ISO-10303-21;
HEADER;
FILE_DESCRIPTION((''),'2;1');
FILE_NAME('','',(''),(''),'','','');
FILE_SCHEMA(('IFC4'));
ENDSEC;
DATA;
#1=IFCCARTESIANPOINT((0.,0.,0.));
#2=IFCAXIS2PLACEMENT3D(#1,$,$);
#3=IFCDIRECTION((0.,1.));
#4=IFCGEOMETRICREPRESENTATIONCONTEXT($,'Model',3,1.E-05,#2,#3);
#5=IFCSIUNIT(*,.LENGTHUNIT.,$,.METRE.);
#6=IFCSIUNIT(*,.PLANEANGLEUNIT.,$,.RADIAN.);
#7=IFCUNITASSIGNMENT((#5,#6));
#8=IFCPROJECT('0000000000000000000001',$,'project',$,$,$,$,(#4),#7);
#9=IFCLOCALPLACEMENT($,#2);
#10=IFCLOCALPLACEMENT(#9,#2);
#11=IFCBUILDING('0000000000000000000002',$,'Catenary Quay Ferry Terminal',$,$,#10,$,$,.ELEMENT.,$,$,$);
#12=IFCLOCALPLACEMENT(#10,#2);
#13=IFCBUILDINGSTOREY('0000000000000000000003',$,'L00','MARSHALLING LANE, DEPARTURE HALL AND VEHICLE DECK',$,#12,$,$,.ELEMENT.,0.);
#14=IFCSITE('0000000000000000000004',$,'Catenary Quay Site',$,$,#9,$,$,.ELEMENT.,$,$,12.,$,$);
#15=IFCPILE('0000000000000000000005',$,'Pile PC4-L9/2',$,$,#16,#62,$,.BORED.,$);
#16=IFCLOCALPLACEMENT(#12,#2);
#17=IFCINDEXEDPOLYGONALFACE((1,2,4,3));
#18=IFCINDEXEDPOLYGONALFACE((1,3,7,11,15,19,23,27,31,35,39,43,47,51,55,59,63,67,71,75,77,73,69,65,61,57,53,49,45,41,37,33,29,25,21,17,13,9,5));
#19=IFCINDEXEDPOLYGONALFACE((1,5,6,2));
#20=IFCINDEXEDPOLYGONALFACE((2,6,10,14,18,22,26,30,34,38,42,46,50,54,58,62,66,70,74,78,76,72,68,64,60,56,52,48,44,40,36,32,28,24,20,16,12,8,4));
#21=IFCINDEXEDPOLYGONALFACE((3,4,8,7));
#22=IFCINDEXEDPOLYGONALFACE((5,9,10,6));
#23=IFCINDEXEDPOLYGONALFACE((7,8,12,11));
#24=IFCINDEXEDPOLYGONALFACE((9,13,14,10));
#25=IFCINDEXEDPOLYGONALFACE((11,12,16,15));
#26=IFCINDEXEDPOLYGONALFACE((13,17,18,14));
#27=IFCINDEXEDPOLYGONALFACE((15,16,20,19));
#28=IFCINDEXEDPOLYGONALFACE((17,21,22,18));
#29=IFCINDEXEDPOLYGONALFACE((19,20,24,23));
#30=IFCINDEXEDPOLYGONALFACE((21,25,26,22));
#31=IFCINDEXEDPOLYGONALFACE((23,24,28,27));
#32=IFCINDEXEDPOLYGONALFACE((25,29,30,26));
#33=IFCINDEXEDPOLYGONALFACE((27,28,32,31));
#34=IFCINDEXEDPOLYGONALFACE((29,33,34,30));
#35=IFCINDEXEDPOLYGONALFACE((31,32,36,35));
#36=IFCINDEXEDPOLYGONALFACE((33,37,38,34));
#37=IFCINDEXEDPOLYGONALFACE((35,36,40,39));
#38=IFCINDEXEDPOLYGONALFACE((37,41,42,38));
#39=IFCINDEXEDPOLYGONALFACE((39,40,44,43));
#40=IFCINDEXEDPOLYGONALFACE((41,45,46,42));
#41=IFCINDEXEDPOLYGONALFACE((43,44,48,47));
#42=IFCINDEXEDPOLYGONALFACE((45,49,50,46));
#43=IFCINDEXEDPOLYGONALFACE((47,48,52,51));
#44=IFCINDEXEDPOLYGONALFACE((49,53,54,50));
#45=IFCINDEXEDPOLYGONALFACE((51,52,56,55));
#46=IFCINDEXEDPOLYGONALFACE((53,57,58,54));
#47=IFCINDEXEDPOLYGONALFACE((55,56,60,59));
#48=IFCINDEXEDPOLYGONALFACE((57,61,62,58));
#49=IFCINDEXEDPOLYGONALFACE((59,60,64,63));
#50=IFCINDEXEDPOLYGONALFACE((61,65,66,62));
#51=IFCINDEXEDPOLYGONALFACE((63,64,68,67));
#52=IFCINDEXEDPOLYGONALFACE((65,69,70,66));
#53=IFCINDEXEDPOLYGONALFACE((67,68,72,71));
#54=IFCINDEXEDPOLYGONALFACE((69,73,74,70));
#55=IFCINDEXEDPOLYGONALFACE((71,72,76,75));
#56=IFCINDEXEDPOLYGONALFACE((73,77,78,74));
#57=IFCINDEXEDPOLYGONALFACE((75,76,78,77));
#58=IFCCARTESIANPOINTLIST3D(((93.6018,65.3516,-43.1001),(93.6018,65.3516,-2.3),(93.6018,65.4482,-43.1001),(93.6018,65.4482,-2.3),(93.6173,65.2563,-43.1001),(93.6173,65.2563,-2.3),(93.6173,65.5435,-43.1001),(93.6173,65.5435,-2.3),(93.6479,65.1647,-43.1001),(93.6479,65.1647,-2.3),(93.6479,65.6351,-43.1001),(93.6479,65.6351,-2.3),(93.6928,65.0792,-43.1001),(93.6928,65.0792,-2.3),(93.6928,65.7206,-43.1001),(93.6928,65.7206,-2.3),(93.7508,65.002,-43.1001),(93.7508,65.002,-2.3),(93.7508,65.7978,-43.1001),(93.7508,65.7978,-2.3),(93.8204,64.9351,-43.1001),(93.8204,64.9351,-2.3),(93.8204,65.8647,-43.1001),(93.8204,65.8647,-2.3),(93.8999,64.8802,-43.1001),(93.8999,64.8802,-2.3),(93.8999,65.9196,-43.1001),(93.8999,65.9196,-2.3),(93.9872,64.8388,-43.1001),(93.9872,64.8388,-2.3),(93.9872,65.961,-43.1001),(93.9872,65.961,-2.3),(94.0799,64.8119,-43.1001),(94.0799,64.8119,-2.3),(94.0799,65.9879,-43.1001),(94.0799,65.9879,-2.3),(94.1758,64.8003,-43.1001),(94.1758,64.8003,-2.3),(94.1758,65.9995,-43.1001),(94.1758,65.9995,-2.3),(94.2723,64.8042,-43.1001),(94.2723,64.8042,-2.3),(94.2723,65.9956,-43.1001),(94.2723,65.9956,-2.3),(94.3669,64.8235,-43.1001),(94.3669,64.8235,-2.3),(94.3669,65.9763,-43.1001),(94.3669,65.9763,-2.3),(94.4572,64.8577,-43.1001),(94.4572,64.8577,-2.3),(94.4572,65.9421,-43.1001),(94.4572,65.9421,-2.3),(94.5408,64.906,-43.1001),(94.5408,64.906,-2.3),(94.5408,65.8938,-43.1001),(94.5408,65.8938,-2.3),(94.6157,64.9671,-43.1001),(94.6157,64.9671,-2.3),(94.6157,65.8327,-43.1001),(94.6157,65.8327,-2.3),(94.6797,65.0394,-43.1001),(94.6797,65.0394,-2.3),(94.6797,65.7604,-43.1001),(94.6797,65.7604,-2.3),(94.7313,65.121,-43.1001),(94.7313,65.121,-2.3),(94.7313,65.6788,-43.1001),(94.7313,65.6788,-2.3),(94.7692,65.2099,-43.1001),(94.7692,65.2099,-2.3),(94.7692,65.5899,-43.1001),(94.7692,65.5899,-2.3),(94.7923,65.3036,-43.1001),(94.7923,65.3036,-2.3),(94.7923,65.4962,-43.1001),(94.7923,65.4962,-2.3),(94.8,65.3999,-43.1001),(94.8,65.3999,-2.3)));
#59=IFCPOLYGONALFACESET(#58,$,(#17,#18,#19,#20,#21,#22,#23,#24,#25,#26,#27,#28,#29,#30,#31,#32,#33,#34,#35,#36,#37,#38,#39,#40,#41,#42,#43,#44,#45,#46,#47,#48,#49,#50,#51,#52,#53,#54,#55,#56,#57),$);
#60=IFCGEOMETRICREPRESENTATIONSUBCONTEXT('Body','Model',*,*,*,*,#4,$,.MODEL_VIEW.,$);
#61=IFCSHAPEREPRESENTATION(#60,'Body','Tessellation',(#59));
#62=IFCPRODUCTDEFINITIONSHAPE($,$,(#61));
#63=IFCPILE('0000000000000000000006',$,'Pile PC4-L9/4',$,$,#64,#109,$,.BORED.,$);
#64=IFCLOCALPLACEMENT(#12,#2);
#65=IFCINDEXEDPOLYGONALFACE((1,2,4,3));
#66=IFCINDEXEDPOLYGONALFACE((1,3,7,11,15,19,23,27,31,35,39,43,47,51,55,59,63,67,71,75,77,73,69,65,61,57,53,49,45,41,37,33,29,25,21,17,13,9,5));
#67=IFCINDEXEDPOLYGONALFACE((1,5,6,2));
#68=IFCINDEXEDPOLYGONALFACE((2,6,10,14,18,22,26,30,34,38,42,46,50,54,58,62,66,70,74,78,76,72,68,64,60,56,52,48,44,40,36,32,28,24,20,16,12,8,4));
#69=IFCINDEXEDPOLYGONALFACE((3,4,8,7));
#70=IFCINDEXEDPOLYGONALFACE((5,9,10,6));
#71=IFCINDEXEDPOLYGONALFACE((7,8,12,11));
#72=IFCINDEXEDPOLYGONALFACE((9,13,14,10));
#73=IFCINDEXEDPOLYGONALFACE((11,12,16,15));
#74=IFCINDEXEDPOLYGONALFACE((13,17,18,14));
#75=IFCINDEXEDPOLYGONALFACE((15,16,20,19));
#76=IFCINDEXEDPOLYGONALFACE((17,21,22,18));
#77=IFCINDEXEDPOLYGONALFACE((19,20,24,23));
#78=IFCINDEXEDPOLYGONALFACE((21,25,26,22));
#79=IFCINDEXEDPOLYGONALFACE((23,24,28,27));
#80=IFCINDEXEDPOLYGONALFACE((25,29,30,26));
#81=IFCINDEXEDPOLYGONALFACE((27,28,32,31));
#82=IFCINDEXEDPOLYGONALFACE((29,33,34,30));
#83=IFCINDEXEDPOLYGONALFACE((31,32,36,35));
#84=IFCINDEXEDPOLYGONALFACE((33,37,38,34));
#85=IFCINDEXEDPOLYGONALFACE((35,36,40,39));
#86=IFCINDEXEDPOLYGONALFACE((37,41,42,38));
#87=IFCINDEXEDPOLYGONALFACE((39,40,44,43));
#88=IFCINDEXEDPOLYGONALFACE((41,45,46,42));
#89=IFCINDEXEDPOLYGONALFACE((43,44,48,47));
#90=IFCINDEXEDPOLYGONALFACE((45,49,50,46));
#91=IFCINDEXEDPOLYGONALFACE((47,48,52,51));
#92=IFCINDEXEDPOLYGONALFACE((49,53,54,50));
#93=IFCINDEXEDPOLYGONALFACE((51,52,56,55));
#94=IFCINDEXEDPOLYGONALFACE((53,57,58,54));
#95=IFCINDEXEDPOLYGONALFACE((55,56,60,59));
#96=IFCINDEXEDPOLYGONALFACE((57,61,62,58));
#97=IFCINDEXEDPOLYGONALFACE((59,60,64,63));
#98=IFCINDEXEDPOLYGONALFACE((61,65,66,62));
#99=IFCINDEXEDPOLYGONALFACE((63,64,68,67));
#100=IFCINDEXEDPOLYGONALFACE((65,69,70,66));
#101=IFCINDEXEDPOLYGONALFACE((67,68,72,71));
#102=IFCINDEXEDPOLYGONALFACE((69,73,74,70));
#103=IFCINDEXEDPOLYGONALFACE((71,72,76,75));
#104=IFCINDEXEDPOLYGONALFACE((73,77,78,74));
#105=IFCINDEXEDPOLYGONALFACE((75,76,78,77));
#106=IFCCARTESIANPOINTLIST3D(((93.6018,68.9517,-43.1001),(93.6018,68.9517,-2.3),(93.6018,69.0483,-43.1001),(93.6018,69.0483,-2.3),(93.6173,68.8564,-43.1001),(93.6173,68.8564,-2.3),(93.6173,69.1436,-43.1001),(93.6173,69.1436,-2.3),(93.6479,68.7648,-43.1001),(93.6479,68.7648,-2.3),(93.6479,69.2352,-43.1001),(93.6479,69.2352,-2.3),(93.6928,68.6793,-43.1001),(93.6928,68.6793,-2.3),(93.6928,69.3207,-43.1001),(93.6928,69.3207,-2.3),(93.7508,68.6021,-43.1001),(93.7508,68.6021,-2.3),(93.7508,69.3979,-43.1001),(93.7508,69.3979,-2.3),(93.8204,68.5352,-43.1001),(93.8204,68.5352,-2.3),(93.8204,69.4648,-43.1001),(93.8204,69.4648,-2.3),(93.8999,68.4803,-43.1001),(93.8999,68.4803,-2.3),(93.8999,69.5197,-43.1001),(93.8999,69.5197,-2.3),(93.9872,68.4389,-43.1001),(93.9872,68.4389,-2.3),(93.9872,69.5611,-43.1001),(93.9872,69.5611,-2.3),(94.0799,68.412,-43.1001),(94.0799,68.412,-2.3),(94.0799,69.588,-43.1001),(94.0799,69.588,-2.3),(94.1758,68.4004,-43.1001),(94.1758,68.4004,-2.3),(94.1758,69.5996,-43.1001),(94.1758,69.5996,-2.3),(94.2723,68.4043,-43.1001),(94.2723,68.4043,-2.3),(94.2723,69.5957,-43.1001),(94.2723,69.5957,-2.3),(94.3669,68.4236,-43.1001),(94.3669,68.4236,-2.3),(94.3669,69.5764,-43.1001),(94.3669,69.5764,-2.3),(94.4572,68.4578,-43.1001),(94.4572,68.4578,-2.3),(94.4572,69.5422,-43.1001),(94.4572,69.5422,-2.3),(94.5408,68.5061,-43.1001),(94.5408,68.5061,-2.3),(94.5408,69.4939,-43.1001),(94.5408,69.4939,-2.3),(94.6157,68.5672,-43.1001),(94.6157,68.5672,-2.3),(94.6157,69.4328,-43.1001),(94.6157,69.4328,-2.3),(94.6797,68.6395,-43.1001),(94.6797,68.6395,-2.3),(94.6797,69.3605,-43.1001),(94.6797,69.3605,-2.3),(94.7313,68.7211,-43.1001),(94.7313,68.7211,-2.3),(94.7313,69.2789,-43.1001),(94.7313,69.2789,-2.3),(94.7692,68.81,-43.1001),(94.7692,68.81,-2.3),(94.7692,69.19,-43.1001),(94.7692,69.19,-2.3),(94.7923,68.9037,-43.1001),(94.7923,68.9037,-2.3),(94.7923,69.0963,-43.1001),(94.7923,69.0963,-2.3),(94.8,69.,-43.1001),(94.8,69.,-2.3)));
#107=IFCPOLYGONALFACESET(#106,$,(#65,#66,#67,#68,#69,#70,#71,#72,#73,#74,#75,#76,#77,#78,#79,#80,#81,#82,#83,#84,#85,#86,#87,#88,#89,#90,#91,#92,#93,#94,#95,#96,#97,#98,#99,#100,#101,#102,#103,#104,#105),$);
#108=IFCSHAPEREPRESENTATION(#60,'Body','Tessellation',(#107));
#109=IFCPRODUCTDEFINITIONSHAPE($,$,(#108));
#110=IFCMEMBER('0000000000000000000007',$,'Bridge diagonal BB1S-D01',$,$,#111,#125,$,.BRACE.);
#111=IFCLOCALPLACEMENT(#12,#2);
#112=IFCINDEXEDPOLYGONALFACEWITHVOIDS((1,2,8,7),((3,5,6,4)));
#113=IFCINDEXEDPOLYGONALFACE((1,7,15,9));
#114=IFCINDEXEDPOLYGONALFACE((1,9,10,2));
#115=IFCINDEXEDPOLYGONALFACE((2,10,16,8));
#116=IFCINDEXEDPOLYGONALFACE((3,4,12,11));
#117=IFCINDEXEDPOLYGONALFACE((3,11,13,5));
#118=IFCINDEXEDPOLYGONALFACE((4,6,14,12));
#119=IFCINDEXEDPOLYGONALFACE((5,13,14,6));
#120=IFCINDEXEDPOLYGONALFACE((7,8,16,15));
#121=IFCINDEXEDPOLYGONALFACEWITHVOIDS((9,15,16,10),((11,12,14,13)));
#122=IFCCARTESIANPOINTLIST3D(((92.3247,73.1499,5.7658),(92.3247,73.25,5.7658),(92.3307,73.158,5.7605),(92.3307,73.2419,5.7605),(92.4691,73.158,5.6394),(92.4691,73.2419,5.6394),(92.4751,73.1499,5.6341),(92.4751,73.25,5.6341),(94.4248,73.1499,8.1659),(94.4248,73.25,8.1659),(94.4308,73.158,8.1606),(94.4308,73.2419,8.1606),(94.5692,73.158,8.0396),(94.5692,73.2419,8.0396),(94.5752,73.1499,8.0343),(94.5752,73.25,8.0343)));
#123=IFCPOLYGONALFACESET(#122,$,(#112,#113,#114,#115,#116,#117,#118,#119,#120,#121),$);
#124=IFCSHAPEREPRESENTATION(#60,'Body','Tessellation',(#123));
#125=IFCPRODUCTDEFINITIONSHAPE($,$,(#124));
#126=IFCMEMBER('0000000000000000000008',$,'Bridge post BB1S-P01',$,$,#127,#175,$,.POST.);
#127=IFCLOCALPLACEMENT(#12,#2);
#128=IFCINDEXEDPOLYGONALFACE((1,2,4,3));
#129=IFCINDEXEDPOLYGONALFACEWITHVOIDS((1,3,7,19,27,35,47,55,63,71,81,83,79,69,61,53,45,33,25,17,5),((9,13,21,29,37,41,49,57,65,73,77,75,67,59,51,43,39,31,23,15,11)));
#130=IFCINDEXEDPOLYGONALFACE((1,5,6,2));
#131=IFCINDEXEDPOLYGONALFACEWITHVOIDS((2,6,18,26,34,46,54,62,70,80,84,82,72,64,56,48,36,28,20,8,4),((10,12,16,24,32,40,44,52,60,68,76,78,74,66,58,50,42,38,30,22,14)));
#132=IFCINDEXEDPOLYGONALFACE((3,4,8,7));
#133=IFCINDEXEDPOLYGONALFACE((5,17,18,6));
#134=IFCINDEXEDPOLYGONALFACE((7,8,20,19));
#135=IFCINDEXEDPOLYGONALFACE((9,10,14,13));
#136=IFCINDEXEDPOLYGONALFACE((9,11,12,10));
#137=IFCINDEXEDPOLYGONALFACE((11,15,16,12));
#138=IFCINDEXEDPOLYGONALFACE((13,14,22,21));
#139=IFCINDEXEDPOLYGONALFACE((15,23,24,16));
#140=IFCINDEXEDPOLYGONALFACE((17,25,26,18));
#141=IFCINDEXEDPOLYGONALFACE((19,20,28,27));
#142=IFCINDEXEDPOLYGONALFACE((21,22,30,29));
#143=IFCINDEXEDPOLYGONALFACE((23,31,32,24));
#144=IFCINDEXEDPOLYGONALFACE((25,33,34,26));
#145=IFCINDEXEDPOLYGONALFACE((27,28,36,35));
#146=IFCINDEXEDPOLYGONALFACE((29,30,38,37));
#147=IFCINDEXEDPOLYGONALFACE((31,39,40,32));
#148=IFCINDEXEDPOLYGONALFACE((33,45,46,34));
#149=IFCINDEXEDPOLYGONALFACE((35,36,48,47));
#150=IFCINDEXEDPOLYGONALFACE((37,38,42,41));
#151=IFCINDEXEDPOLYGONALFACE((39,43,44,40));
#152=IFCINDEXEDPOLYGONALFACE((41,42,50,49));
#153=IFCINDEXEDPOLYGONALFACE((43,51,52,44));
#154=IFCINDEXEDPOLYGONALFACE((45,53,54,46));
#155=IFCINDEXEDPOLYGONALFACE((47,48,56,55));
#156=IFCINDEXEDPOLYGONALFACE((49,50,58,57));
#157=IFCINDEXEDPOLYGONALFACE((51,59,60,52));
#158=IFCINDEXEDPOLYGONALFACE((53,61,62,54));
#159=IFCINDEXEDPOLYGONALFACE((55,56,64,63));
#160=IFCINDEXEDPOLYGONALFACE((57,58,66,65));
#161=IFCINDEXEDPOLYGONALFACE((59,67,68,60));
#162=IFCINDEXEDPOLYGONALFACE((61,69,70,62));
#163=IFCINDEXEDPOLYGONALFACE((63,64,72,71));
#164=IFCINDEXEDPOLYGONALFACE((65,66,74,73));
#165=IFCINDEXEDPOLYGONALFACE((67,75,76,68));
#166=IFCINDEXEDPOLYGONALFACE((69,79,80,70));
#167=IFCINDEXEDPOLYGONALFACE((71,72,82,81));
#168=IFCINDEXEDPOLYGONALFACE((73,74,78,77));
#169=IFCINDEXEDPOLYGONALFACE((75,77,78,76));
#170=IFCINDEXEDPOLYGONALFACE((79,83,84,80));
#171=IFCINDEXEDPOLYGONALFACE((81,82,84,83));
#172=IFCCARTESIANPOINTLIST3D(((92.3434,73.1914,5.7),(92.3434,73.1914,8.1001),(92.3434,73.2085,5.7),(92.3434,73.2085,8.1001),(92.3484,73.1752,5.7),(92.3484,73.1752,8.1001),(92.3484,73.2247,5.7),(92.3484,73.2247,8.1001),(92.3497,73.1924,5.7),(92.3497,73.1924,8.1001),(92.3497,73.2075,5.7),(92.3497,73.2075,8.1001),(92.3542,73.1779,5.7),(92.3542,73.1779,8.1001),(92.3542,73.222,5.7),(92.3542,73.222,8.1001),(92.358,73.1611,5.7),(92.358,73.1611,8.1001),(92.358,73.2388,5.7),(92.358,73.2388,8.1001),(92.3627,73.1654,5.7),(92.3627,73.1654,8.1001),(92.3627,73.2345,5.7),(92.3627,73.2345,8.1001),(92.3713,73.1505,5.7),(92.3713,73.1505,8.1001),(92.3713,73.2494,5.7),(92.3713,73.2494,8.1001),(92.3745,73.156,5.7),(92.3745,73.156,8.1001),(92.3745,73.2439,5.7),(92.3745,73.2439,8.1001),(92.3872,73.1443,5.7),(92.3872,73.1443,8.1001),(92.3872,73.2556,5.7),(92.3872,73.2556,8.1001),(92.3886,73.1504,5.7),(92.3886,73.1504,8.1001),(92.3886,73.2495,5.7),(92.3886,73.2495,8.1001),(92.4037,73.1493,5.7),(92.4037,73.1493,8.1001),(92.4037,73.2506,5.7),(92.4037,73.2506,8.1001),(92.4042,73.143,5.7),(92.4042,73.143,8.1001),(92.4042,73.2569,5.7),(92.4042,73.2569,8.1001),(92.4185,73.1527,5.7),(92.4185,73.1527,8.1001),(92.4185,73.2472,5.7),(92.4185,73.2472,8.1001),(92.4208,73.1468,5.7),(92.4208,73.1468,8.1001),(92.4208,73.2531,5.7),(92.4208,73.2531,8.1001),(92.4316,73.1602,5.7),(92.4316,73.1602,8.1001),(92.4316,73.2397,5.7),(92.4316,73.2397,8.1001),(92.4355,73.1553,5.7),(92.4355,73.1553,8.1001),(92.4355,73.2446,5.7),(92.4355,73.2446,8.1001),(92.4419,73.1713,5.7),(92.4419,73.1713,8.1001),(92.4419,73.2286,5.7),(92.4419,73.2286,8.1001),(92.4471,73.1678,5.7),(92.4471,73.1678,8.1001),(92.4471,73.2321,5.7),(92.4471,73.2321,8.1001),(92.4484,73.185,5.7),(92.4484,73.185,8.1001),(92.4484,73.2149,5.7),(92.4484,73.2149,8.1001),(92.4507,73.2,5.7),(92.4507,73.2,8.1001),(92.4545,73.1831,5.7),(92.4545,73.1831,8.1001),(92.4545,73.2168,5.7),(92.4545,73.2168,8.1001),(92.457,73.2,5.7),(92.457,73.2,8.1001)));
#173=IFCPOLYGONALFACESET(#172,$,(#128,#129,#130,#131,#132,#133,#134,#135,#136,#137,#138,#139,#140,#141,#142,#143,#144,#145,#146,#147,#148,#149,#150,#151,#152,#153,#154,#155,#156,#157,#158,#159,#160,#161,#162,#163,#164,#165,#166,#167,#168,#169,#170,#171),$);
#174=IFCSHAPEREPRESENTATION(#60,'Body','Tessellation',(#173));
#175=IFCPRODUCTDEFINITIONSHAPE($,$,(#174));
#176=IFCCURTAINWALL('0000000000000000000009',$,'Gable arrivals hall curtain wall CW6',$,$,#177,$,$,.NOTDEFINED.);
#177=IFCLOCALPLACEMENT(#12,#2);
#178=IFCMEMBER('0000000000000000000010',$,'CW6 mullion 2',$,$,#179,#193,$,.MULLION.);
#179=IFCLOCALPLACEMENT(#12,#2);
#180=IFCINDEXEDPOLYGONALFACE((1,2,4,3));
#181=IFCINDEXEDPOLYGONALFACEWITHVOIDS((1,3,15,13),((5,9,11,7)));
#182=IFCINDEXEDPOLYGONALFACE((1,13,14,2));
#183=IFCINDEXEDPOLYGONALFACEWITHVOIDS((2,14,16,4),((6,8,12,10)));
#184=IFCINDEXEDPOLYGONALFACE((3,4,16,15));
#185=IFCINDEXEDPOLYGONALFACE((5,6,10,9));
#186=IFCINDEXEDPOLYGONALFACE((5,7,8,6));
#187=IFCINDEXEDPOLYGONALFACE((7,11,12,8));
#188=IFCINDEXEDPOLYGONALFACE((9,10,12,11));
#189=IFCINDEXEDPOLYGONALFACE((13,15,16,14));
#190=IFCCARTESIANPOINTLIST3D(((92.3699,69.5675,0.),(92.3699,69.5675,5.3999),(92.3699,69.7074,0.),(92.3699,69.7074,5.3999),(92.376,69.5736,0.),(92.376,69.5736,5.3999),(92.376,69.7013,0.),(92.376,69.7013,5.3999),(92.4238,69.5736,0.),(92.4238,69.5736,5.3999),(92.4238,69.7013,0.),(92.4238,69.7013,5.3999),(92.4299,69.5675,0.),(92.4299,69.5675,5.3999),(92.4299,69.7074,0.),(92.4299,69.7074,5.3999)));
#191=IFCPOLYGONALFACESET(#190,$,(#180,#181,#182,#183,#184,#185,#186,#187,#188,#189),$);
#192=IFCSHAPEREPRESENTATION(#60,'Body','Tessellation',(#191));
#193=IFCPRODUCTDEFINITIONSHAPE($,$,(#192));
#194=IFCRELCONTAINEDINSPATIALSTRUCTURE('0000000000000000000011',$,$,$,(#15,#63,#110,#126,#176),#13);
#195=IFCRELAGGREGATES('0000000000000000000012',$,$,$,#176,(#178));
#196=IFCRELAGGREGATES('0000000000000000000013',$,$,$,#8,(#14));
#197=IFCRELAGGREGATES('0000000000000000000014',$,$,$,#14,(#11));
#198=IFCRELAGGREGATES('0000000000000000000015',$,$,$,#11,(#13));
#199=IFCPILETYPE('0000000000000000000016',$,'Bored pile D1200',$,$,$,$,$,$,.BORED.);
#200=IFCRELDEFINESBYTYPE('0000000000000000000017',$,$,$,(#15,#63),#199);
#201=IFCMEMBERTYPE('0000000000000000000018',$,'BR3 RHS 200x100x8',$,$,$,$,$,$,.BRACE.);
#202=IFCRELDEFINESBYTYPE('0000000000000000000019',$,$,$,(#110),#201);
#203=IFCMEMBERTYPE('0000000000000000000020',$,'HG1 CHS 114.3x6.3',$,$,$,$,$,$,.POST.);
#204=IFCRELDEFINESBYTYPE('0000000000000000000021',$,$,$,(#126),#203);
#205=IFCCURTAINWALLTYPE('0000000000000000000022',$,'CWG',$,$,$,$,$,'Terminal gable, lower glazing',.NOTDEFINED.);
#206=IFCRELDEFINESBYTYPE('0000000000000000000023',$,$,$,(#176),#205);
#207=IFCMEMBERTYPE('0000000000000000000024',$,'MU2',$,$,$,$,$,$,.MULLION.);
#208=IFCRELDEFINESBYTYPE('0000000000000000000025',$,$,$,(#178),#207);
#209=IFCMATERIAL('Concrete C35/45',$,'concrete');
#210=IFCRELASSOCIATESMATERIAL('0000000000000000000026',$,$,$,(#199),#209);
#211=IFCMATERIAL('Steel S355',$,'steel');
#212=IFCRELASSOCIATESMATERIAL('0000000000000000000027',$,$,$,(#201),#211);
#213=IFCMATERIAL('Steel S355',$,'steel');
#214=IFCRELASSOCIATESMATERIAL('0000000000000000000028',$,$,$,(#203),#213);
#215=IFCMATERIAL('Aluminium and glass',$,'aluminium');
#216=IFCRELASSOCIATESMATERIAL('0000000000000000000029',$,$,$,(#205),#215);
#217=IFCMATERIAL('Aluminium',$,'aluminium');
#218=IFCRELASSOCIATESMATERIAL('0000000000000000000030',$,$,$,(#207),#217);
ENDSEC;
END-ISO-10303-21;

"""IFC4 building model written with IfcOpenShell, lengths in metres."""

from ifc_helpers import new_model, si_unit, direction, frame, origin, origin_2d, place, context, subcontext, project, spatial, hollow_rectangle, circle, hollow_circle, extrude, material, material_profile, profile_set, type_object, element, aggregate, save


model = new_model("IFC4")

# Units and contexts
model_context = context("Model", 3, precision=1e-05, world=origin(), true_north=direction((0.0, 1.0)))
body_context = subcontext(model_context, "Body", "Model", "MODEL_VIEW")
ifc_project = project(units=[si_unit("LENGTHUNIT", "METRE"), si_unit("PLANEANGLEUNIT", "RADIAN")], contexts=[model_context])

# Site, building, storey
site_placement = place(None, origin())
site = spatial("IfcSite", under=ifc_project, at=site_placement, Name="Catenary Quay Site", CompositionType="ELEMENT", RefElevation=12.0)
building_placement = place(site_placement, origin())
building = spatial("IfcBuilding", under=site, at=building_placement, Name="Catenary Quay Ferry Terminal", CompositionType="ELEMENT")
storey_placement = place(building_placement, origin())
storey = spatial("IfcBuildingStorey", under=building, at=storey_placement, Name="L00", Description="MARSHALLING LANE, DEPARTURE HALL AND VEHICLE DECK", CompositionType="ELEMENT", Elevation=0.0)

# Piles
ifc_material_1 = material(Name="Concrete C35/45", Category="concrete")
ifc_material_profile_1 = material_profile(ifc_material_1, circle(Radius=0.6001, at=origin_2d()), Name="D1200")
ifc_profile_set_1 = profile_set([ifc_material_profile_1], Name="Concrete C35/45")
pile_type = type_object("IfcPileType", Name="Bored pile D1200", PredefinedType="BORED", material=ifc_profile_set_1)
for number, where, z_axis, x_axis, name in (
    (1, (94.2, 65.3999, -2.3), (0.0, 0.0, -1.0), (1.0, 0.0, 0.0), "Pile PC4-L9/2"),
    (2, (94.2, 69.0, -2.3), (0.0, 0.0, -1.0), (1.0, 0.0, 0.0), "Pile PC4-L9/4"),
):
    element("IfcPile", number, at=place(storey_placement, frame(where, z_axis=z_axis, x_axis=x_axis)), inside=storey, type_object=pile_type, Name=name, PredefinedType="BORED", context=body_context, shape_type="SweptSolid", body=[
        extrude(circle(Radius=0.6001, at=origin_2d()), origin(), (0.0, 0.0, 1.0), 40.8),
    ])

# Members
ifc_material_2 = material(Name="Steel S355", Category="steel")
ifc_material_profile_2 = material_profile(ifc_material_2, hollow_rectangle(XDim=0.1001, YDim=0.2, WallThickness=0.0081, at=origin_2d()), Name="RHS 200x100x8")
ifc_profile_set_2 = profile_set([ifc_material_profile_2], Name="Steel S355")
member_type_1 = type_object("IfcMemberType", Name="BR3 RHS 200x100x8", PredefinedType="BRACE", material=ifc_profile_set_2)
member_1_placement = place(storey_placement, frame((92.3999, 73.2, 5.7), z_axis=(0.658499, 0.0, 0.752581), x_axis=(0.0, 1.0, 0.0)))
element("IfcMember", 3, at=member_1_placement, inside=storey, type_object=member_type_1, Name="Bridge diagonal BB1S-D01", PredefinedType="BRACE", context=body_context, shape_type="SweptSolid", body=[
    extrude(hollow_rectangle(XDim=0.1001, YDim=0.2, WallThickness=0.0081, at=origin_2d()), origin(), (0.0, 0.0, 1.0), 3.1892),
])
ifc_material_3 = material(Name="Steel S355", Category="steel")
ifc_material_profile_3 = material_profile(ifc_material_3, hollow_circle(Radius=0.0571, WallThickness=0.0063, at=origin_2d()), Name="CHS 114.3x6.3")
ifc_profile_set_3 = profile_set([ifc_material_profile_3], Name="Steel S355")
member_type_2 = type_object("IfcMemberType", Name="HG1 CHS 114.3x6.3", PredefinedType="POST", material=ifc_profile_set_3)
member_2_placement = place(storey_placement, frame((92.3999, 73.2, 5.7), z_axis=(0.0, 0.0, 1.0), x_axis=(1.0, 0.0, 0.0)))
element("IfcMember", 4, at=member_2_placement, inside=storey, type_object=member_type_2, Name="Bridge post BB1S-P01", PredefinedType="POST", context=body_context, shape_type="SweptSolid", body=[
    extrude(hollow_circle(Radius=0.0571, WallThickness=0.0063, at=origin_2d()), origin(), (0.0, 0.0, 1.0), 2.4001),
])

# Curtain wall, member
ifc_material_4 = material(Name="Aluminium and glass", Category="aluminium")
curtain_wall_type_1 = type_object("IfcCurtainWallType", Name="CWG", ElementType="Terminal gable, lower glazing", PredefinedType="NOTDEFINED", material=ifc_material_4)
curtain_wall_1_placement = place(storey_placement, origin())
curtain_wall_1 = element("IfcCurtainWall", 5, at=curtain_wall_1_placement, inside=storey, type_object=curtain_wall_type_1, Name="Gable arrivals hall curtain wall CW6", PredefinedType="NOTDEFINED")
ifc_material_5 = material(Name="Aluminium", Category="aluminium")
ifc_material_profile_4 = material_profile(ifc_material_5, hollow_rectangle(XDim=0.0601, YDim=0.1399, WallThickness=0.0061, at=origin_2d()), Name="MU2")
ifc_profile_set_4 = profile_set([ifc_material_profile_4], Name="Aluminium")
member_type_3 = type_object("IfcMemberType", Name="MU2", PredefinedType="MULLION", material=ifc_profile_set_4)
member_3_placement = place(storey_placement, frame((92.3999, 69.6375, 0.0), z_axis=(0.0, 0.0, 1.0), x_axis=(-1.0, 0.0, 0.0)))
member_3 = element("IfcMember", 6, at=member_3_placement, type_object=member_type_3, Name="CW6 mullion 2", PredefinedType="MULLION", context=body_context, shape_type="SweptSolid", body=[
    extrude(hollow_rectangle(XDim=0.0601, YDim=0.1399, WallThickness=0.0061, at=origin_2d()), origin(), (0.0, 0.0, 1.0), 5.3999),
])

aggregate(curtain_wall_1, [member_3])

save(model, "model.ifc")
